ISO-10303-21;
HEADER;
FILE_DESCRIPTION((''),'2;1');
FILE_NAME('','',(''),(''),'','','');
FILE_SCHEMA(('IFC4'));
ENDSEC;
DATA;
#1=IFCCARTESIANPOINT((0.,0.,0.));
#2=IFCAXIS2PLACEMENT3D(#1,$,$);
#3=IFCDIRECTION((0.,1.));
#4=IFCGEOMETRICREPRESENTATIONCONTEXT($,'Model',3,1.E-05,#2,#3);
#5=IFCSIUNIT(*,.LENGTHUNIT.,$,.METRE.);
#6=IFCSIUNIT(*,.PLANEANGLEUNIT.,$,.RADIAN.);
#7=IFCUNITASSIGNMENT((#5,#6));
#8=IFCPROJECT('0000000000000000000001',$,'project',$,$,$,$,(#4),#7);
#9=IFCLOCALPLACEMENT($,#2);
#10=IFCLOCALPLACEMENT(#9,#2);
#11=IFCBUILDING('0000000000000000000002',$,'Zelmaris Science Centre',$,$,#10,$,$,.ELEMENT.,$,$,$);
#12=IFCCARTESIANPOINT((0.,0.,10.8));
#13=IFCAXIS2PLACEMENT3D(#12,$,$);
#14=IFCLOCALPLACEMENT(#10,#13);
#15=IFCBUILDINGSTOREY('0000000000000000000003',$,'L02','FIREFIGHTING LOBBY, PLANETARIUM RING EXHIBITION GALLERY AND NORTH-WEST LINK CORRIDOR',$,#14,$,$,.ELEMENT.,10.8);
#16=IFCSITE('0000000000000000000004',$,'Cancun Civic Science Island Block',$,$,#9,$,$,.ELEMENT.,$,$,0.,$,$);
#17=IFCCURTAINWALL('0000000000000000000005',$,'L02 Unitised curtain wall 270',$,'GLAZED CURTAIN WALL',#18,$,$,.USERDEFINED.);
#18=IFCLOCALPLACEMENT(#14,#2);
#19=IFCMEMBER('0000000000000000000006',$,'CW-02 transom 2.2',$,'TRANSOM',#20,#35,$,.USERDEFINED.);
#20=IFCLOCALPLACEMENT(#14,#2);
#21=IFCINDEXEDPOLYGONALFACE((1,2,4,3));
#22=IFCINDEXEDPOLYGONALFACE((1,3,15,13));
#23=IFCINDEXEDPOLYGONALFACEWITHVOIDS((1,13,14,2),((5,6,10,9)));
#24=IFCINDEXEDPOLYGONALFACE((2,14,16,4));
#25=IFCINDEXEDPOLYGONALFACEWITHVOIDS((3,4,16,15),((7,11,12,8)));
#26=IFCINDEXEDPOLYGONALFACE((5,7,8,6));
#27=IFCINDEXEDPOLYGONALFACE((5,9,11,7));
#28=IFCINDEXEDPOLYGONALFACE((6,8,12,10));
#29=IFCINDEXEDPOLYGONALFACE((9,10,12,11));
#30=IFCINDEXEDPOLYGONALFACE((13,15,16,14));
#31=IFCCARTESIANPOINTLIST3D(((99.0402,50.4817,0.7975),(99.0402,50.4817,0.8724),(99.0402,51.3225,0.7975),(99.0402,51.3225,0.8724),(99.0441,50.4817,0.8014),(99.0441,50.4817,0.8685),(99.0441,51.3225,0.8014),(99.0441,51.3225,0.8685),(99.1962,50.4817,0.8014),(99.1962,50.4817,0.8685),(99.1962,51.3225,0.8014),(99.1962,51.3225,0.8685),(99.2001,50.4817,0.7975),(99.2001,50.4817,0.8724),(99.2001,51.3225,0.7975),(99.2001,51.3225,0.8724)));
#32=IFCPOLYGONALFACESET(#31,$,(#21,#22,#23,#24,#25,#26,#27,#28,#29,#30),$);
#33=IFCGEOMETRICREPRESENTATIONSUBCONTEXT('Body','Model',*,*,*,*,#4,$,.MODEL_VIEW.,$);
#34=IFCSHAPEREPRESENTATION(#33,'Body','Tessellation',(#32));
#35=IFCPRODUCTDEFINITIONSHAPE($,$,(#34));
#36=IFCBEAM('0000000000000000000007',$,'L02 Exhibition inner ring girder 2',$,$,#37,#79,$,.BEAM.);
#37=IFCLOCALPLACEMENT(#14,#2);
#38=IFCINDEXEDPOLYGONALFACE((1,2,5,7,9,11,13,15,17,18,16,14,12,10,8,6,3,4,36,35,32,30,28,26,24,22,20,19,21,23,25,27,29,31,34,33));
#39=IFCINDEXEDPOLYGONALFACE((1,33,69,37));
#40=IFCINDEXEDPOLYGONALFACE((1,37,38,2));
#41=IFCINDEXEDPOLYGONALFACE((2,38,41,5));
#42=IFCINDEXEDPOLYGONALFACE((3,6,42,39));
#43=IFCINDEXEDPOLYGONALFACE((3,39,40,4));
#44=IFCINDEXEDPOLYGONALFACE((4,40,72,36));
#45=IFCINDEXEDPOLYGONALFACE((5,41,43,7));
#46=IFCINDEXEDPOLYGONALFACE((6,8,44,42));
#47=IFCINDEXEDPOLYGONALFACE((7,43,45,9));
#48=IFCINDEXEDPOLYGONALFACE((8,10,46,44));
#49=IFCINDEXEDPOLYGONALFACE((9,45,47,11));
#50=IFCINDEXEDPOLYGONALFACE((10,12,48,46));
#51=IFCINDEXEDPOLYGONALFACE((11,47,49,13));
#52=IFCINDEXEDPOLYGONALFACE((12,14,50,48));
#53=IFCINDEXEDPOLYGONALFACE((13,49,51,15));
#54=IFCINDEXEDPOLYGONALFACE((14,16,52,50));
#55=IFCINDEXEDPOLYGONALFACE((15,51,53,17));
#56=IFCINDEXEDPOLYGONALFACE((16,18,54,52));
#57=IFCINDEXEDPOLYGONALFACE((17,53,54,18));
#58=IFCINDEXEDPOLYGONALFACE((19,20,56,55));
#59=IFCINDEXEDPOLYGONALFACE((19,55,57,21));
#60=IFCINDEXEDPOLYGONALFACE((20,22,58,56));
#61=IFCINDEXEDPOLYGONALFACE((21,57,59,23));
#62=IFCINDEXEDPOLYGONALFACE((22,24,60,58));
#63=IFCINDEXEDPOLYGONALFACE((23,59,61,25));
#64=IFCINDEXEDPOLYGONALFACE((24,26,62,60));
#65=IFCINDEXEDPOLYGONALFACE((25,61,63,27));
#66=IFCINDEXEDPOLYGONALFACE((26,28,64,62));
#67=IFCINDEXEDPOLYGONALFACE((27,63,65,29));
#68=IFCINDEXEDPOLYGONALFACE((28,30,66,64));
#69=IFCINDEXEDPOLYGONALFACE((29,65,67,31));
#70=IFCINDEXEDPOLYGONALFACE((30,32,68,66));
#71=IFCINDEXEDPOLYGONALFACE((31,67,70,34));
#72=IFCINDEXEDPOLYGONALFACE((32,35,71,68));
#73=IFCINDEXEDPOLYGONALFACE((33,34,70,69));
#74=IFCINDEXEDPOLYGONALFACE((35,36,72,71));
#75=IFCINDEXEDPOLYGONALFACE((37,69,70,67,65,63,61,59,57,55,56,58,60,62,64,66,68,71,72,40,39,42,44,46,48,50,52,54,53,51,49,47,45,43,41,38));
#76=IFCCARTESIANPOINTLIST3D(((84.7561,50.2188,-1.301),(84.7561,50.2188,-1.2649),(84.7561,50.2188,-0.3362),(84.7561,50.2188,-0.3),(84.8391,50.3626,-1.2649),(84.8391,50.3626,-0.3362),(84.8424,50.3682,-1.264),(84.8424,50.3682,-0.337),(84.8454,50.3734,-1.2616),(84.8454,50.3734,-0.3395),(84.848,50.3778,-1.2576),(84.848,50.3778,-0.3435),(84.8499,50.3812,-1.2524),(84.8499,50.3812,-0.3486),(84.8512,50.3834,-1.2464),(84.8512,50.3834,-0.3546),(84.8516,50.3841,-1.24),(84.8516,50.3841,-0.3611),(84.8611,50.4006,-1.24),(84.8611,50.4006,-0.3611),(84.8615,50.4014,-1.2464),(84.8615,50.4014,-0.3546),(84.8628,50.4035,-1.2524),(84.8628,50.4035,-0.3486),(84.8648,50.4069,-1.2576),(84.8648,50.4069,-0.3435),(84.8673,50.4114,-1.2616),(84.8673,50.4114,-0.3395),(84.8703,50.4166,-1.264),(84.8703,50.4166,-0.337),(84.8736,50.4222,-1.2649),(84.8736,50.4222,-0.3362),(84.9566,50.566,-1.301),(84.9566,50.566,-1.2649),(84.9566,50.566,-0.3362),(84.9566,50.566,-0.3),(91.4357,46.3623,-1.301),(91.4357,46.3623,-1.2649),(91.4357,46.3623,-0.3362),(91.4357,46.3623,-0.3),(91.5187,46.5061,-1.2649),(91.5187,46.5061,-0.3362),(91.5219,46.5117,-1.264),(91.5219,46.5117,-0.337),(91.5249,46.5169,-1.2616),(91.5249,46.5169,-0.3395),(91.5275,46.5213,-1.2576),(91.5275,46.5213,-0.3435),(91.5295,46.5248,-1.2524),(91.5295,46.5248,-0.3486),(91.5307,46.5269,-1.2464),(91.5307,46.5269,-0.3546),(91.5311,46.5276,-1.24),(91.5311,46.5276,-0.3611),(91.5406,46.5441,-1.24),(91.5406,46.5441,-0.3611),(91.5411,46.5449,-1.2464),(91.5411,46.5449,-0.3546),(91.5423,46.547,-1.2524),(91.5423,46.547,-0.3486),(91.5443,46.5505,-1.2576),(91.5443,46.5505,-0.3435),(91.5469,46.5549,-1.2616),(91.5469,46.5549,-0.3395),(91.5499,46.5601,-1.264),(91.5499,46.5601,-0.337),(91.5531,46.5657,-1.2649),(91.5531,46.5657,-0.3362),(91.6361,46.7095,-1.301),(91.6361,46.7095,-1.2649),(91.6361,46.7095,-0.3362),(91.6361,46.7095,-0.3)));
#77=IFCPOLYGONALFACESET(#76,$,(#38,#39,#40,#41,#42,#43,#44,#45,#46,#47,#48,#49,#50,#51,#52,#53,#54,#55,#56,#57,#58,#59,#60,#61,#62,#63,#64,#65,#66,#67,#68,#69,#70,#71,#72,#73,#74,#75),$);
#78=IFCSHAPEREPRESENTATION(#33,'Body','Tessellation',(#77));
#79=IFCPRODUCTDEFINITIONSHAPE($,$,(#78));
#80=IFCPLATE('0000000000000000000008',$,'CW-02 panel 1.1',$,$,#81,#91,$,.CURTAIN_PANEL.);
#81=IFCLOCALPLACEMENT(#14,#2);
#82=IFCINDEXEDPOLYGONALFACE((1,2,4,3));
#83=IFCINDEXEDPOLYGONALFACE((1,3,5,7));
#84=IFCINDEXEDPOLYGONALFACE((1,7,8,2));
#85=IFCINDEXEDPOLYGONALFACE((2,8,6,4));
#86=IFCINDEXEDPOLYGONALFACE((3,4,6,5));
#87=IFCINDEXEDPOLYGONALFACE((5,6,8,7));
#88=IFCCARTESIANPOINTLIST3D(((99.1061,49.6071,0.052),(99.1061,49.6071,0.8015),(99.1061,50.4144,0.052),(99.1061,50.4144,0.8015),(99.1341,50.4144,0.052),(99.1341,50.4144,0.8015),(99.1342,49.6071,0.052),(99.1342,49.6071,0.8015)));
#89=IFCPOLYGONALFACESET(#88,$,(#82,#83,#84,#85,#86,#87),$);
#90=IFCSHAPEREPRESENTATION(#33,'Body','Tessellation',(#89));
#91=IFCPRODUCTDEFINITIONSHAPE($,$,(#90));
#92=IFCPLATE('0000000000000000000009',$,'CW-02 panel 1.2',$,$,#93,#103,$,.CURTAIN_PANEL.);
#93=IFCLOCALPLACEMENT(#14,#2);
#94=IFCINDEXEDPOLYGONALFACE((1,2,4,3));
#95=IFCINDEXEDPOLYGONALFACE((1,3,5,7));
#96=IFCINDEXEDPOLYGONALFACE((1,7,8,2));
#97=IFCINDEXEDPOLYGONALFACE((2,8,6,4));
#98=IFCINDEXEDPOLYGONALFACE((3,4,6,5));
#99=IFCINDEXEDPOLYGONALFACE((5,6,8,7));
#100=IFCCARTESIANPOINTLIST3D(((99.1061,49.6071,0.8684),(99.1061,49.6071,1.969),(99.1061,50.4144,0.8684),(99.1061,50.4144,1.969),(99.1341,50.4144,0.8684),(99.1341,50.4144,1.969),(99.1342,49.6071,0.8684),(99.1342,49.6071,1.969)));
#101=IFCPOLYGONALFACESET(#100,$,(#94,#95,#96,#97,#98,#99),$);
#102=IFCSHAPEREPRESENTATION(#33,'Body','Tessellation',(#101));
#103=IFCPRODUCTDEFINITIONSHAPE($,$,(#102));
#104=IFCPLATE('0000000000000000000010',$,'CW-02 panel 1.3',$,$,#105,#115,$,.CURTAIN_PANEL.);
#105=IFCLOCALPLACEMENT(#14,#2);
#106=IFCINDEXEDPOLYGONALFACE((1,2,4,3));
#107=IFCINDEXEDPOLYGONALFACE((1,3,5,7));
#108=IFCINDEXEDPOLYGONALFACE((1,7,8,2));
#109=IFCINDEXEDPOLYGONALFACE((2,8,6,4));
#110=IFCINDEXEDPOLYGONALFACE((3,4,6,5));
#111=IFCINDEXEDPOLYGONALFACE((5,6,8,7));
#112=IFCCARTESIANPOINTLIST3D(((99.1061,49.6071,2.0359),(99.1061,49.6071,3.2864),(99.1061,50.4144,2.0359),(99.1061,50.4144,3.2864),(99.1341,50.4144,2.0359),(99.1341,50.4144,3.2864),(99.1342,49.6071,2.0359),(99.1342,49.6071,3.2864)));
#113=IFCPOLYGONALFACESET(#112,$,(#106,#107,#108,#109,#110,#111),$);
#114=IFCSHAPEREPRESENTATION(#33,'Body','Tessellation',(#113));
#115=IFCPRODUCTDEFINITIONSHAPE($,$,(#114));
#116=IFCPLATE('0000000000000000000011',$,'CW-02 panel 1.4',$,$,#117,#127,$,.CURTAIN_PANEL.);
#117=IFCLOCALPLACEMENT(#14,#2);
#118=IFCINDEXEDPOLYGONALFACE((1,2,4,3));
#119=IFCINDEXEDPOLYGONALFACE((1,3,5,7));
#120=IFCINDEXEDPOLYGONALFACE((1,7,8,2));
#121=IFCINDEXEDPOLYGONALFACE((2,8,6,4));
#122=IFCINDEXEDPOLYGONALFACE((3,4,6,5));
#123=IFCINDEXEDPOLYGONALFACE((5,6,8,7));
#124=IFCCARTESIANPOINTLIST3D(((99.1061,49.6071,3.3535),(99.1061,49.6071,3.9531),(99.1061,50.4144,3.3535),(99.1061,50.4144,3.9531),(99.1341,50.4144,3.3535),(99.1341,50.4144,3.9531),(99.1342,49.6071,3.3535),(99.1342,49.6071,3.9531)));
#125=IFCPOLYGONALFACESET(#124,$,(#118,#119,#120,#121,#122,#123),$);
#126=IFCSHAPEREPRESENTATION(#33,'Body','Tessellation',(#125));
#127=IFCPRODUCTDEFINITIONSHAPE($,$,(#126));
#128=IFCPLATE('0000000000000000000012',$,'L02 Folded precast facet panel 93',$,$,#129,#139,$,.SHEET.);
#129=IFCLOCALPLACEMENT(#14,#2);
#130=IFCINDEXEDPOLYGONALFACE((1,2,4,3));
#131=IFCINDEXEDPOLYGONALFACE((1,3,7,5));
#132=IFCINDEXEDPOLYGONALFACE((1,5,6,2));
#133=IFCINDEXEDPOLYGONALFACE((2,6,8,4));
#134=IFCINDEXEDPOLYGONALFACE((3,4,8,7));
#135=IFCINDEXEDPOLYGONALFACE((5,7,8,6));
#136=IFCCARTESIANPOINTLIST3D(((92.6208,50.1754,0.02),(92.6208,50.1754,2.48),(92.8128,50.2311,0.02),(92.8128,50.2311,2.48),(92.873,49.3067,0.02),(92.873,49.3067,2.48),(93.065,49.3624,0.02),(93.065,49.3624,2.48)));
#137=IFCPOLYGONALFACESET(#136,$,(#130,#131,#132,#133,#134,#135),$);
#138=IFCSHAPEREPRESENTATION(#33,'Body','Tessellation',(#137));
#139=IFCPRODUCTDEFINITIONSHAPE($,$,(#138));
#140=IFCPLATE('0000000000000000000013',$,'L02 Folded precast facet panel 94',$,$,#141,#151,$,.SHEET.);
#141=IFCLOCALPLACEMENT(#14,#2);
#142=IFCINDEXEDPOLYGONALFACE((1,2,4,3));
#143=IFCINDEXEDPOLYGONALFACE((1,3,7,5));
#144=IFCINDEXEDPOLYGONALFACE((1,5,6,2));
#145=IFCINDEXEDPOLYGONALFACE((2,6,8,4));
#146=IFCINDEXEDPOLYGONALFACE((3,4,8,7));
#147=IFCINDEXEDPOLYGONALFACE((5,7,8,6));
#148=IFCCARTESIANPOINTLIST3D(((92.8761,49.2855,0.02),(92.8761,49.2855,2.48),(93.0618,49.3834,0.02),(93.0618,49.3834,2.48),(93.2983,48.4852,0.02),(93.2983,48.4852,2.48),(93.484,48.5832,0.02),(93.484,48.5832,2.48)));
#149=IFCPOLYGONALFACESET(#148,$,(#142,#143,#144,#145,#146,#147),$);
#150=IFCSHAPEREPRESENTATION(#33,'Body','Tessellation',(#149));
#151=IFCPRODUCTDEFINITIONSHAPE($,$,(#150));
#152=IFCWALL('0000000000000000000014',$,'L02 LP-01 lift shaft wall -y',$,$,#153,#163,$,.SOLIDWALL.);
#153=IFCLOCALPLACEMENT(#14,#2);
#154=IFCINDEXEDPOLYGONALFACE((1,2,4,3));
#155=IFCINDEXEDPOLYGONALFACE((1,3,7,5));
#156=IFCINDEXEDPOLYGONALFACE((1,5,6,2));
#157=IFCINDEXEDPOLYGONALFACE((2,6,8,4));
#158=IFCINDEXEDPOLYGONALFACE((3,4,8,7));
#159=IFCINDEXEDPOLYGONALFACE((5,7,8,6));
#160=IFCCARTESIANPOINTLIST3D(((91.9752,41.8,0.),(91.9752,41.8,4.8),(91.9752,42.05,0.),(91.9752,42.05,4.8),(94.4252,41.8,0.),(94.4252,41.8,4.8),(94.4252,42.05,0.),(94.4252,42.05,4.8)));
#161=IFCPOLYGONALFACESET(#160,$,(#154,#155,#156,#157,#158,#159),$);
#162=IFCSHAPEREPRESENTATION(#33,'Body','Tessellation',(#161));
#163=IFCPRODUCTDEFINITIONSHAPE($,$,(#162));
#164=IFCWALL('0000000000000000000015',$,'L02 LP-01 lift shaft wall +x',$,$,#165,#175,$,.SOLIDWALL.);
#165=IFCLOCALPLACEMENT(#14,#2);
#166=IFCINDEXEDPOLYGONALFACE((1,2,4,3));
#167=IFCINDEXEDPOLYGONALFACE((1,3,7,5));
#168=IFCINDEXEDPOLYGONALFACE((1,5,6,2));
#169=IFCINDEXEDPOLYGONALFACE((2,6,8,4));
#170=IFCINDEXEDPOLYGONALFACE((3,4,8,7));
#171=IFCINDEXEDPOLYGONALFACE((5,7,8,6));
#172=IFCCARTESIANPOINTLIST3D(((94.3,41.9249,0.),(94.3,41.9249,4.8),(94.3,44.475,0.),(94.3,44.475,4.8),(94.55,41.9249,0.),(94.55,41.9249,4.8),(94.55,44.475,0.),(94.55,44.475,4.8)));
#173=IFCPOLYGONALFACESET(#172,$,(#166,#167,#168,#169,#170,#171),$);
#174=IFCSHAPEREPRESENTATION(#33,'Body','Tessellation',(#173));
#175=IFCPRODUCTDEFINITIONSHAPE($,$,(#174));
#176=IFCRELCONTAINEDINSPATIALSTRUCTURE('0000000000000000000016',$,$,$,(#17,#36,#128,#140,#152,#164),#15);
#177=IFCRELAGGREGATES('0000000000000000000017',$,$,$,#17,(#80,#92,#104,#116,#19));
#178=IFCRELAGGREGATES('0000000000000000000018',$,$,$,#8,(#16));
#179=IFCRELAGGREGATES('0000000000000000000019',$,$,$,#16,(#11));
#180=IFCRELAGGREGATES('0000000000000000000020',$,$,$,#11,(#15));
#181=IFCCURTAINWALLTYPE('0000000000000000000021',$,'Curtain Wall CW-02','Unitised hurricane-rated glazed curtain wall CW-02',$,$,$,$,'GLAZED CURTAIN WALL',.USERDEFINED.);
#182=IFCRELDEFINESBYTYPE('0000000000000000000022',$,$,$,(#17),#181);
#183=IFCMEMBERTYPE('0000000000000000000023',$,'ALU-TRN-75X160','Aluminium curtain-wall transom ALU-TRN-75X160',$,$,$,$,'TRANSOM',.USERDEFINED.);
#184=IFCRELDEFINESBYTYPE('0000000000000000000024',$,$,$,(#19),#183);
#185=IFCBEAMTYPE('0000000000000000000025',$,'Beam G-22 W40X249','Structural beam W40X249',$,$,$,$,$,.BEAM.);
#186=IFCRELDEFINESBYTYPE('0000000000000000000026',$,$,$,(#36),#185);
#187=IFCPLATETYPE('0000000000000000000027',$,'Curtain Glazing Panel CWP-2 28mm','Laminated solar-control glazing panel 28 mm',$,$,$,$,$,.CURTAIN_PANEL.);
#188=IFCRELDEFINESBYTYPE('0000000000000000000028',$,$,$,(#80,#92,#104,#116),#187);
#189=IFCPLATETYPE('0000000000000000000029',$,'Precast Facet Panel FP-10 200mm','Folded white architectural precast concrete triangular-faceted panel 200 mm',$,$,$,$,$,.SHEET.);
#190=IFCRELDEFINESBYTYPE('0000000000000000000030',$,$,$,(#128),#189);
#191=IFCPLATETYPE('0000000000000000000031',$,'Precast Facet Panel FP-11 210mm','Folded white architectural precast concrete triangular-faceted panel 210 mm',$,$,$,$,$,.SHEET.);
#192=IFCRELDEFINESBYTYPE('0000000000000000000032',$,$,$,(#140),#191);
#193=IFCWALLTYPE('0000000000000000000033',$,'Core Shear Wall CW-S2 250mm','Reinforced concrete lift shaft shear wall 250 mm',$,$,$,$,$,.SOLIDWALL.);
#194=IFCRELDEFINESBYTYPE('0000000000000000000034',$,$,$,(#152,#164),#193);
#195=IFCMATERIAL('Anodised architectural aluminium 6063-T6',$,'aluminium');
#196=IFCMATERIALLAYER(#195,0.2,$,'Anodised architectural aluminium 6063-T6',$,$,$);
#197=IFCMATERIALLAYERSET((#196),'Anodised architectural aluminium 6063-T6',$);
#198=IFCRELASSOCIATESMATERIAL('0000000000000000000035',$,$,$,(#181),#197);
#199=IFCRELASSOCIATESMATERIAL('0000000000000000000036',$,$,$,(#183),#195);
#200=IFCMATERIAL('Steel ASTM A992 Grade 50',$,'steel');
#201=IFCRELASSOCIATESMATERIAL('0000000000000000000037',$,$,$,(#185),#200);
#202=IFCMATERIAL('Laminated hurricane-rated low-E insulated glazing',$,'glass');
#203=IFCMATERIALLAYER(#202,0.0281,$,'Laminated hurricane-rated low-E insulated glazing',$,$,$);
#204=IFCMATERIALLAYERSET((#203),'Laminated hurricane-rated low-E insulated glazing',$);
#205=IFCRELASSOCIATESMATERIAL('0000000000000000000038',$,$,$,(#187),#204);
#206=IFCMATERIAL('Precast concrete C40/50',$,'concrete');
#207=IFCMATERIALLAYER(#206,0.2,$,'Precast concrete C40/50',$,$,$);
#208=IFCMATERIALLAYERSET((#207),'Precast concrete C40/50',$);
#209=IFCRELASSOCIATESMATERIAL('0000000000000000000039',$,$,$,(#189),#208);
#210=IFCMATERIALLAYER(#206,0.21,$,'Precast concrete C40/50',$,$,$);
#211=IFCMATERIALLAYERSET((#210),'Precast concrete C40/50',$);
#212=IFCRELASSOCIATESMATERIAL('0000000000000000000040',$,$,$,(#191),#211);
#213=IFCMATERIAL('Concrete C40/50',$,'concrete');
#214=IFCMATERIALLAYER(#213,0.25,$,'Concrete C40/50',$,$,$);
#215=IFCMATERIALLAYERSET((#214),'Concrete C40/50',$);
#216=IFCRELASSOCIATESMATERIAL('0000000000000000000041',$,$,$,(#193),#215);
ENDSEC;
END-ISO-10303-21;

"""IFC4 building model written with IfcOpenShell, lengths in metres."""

from ifc_helpers import new_model, si_unit, direction, frame, frame_2d, origin, origin_2d, place, context, subcontext, project, spatial, rectangle, hollow_rectangle, i_section, extrude, material, layer, layer_set, material_profile, profile_set, type_object, element, aggregate, save


model = new_model("IFC4")

# Units and contexts
model_context = context("Model", 3, precision=1e-05, world=origin(), true_north=direction((0.0, 1.0)))
body_context = subcontext(model_context, "Body", "Model", "MODEL_VIEW")
ifc_project = project(units=[si_unit("LENGTHUNIT", "METRE"), si_unit("PLANEANGLEUNIT", "RADIAN")], contexts=[model_context])

# Site, building, storey
site_placement = place(None, origin())
site = spatial("IfcSite", under=ifc_project, at=site_placement, Name="Cancun Civic Science Island Block", CompositionType="ELEMENT", RefElevation=0.0)
building_placement = place(site_placement, origin())
building = spatial("IfcBuilding", under=site, at=building_placement, Name="Zelmaris Science Centre", CompositionType="ELEMENT")
storey_placement = place(building_placement, frame((0.0, 0.0, 10.8)))
storey = spatial("IfcBuildingStorey", under=building, at=storey_placement, Name="L02", Description="FIREFIGHTING LOBBY, PLANETARIUM RING EXHIBITION GALLERY AND NORTH-WEST LINK CORRIDOR", CompositionType="ELEMENT", Elevation=10.8)

# Shared definitions
ifc_material_1 = material(Name="Steel ASTM A992 Grade 50", Category="steel")

# Curtain wall, member
ifc_material_2 = material(Name="Anodised architectural aluminium 6063-T6", Category="aluminium")
ifc_layer_1 = layer(ifc_material_2, 0.2, Name="Anodised architectural aluminium 6063-T6")
ifc_layer_set_1 = layer_set([ifc_layer_1], Name="Anodised architectural aluminium 6063-T6")
curtain_wall_type = type_object("IfcCurtainWallType", Name="Curtain Wall CW-02", Description="Unitised hurricane-rated glazed curtain wall CW-02", ElementType="GLAZED CURTAIN WALL", PredefinedType="USERDEFINED", material=ifc_layer_set_1)
curtain_wall_placement = place(storey_placement, origin())
curtain_wall = element("IfcCurtainWall", 1, at=curtain_wall_placement, inside=storey, type_object=curtain_wall_type, Name="L02 Unitised curtain wall 270", ObjectType="GLAZED CURTAIN WALL", PredefinedType="USERDEFINED")
ifc_material_profile_1 = material_profile(ifc_material_2, hollow_rectangle(XDim=0.075, YDim=0.1599, WallThickness=0.0039, at=origin_2d()), Name="ALU-TRN-75X160")
ifc_profile_set_1 = profile_set([ifc_material_profile_1], Name="Anodised architectural aluminium 6063-T6")
member_type_1 = type_object("IfcMemberType", Name="ALU-TRN-75X160", Description="Aluminium curtain-wall transom ALU-TRN-75X160", ElementType="TRANSOM", PredefinedType="USERDEFINED", material=ifc_profile_set_1)
member_1_placement = place(storey_placement, frame((99.1201, 50.4817, 0.835), z_axis=(0.0, 1.0, 0.0), x_axis=(0.0, 0.0, 1.0)))
member_1 = element("IfcMember", 2, at=member_1_placement, type_object=member_type_1, Name="CW-02 transom 2.2", ObjectType="TRANSOM", PredefinedType="USERDEFINED", context=body_context, shape_type="SweptSolid", body=[
    extrude(hollow_rectangle(XDim=0.075, YDim=0.1599, WallThickness=0.0039, at=origin_2d()), origin(), (0.0, 0.0, 1.0), 0.8408),
])

# Beam
ifc_material_profile_2 = material_profile(ifc_material_1, i_section(OverallWidth=0.4009, OverallDepth=1.001, WebThickness=0.019, FlangeThickness=0.0361, FilletRadius=0.0249, at=origin_2d()), Name="W40X249")
ifc_profile_set_2 = profile_set([ifc_material_profile_2], Name="Steel ASTM A992 Grade 50")
beam_type = type_object("IfcBeamType", Name="Beam G-22 W40X249", Description="Structural beam W40X249", PredefinedType="BEAM", material=ifc_profile_set_2)
beam_placement = place(storey_placement, frame((91.5359, 46.5359, -0.8005), z_axis=(-0.866022, 0.500007, 0.0), x_axis=(-0.500007, -0.866022, 0.0)))
element("IfcBeam", 3, at=beam_placement, inside=storey, type_object=beam_type, Name="L02 Exhibition inner ring girder 2", PredefinedType="BEAM", context=body_context, shape_type="SweptSolid", body=[
    extrude(i_section(OverallWidth=0.4009, OverallDepth=1.001, WebThickness=0.019, FlangeThickness=0.0361, FilletRadius=0.0249, at=origin_2d()), origin(), (0.0, 0.0, 1.0), 7.7129),
])

# Plates
ifc_material_3 = material(Name="Laminated hurricane-rated low-E insulated glazing", Category="glass")
ifc_layer_2 = layer(ifc_material_3, 0.0281, Name="Laminated hurricane-rated low-E insulated glazing")
ifc_layer_set_2 = layer_set([ifc_layer_2], Name="Laminated hurricane-rated low-E insulated glazing")
plate_type_1 = type_object("IfcPlateType", Name="Curtain Glazing Panel CWP-2 28mm", Description="Laminated solar-control glazing panel 28 mm", PredefinedType="CURTAIN_PANEL", material=ifc_layer_set_2)
plate_1_placement = place(storey_placement, frame((99.1201, 50.0107, 0.052), z_axis=(0.0, 0.0, 1.0), x_axis=(-0.000022, 1.0, 0.0)))
plate_1 = element("IfcPlate", 4, at=plate_1_placement, type_object=plate_type_1, Name="CW-02 panel 1.1", PredefinedType="CURTAIN_PANEL", context=body_context, shape_type="SweptSolid", body=[
    extrude(rectangle(XDim=0.8074, YDim=0.0281, at=origin_2d()), origin(), (0.0, 0.0, 1.0), 0.7495),
])
plate_2_placement = place(storey_placement, frame((99.1201, 50.0107, 0.8684), z_axis=(0.0, 0.0, 1.0), x_axis=(-0.000022, 1.0, 0.0)))
plate_2 = element("IfcPlate", 5, at=plate_2_placement, type_object=plate_type_1, Name="CW-02 panel 1.2", PredefinedType="CURTAIN_PANEL", context=body_context, shape_type="SweptSolid", body=[
    extrude(rectangle(XDim=0.8074, YDim=0.0281, at=origin_2d()), origin(), (0.0, 0.0, 1.0), 1.1006),
])
plate_3_placement = place(storey_placement, frame((99.1201, 50.0107, 2.0359), z_axis=(0.0, 0.0, 1.0), x_axis=(-0.000022, 1.0, 0.0)))
plate_3 = element("IfcPlate", 6, at=plate_3_placement, type_object=plate_type_1, Name="CW-02 panel 1.3", PredefinedType="CURTAIN_PANEL", context=body_context, shape_type="SweptSolid", body=[
    extrude(rectangle(XDim=0.8074, YDim=0.0281, at=origin_2d()), origin(), (0.0, 0.0, 1.0), 1.2505),
])
plate_4_placement = place(storey_placement, frame((99.1201, 50.0107, 3.3535), z_axis=(0.0, 0.0, 1.0), x_axis=(-0.000022, 1.0, 0.0)))
plate_4 = element("IfcPlate", 7, at=plate_4_placement, type_object=plate_type_1, Name="CW-02 panel 1.4", PredefinedType="CURTAIN_PANEL", context=body_context, shape_type="SweptSolid", body=[
    extrude(rectangle(XDim=0.8074, YDim=0.0281, at=origin_2d()), origin(), (0.0, 0.0, 1.0), 0.5996),
])
aggregate(curtain_wall, [plate_1, plate_2, plate_3, plate_4, member_1])

# Plates
ifc_material_4 = material(Name="Precast concrete C40/50", Category="concrete")
ifc_layer_3 = layer(ifc_material_4, 0.2, Name="Precast concrete C40/50")
ifc_layer_set_3 = layer_set([ifc_layer_3], Name="Precast concrete C40/50")
plate_type_2 = type_object("IfcPlateType", Name="Precast Facet Panel FP-10 200mm", Description="Folded white architectural precast concrete triangular-faceted panel 200 mm", PredefinedType="SHEET", material=ifc_layer_set_3)
plate_5_placement = place(storey_placement, frame((92.7168, 50.2031, 0.02), z_axis=(0.0, 0.0, 1.0), x_axis=(0.278818, -0.960344, 0.0)))
element("IfcPlate", 8, at=plate_5_placement, inside=storey, type_object=plate_type_2, Name="L02 Folded precast facet panel 93", PredefinedType="SHEET", context=body_context, shape_type="SweptSolid", body=[
    extrude(rectangle(XDim=0.9045, YDim=0.2, at=frame_2d((0.4521, 0.0))), origin(), (0.0, 0.0, 1.0), 2.46),
])
ifc_layer_4 = layer(ifc_material_4, 0.21, Name="Precast concrete C40/50")
ifc_layer_set_4 = layer_set([ifc_layer_4], Name="Precast concrete C40/50")
plate_type_3 = type_object("IfcPlateType", Name="Precast Facet Panel FP-11 210mm", Description="Folded white architectural precast concrete triangular-faceted panel 210 mm", PredefinedType="SHEET", material=ifc_layer_set_4)
plate_6_placement = place(storey_placement, frame((92.969, 49.3345, 0.02), z_axis=(0.0, 0.0, 1.0), x_axis=(0.466536, -0.884502, 0.0)))
element("IfcPlate", 9, at=plate_6_placement, inside=storey, type_object=plate_type_3, Name="L02 Folded precast facet panel 94", PredefinedType="SHEET", context=body_context, shape_type="SweptSolid", body=[
    extrude(rectangle(XDim=0.9048, YDim=0.21, at=frame_2d((0.4524, 0.0))), origin(), (0.0, 0.0, 1.0), 2.46),
])

# Walls
ifc_material_5 = material(Name="Concrete C40/50", Category="concrete")
ifc_layer_5 = layer(ifc_material_5, 0.25, Name="Concrete C40/50")
ifc_layer_set_5 = layer_set([ifc_layer_5], Name="Concrete C40/50")
wall_type = type_object("IfcWallType", Name="Core Shear Wall CW-S2 250mm", Description="Reinforced concrete lift shaft shear wall 250 mm", PredefinedType="SOLIDWALL", material=ifc_layer_set_5)
wall_1_placement = place(storey_placement, frame((91.9751, 41.925, 0.0), z_axis=(0.0, 0.0, 1.0), x_axis=(1.0, 0.0, 0.0)))
element("IfcWall", 10, at=wall_1_placement, inside=storey, type_object=wall_type, Name="L02 LP-01 lift shaft wall -y", PredefinedType="SOLIDWALL", context=body_context, shape_type="SweptSolid", body=[
    extrude(rectangle(XDim=2.45, YDim=0.25, at=frame_2d((1.2251, 0.0))), origin(), (0.0, 0.0, 1.0), 4.8),
])
wall_2_placement = place(storey_placement, frame((94.425, 41.925, 0.0), z_axis=(0.0, 0.0, 1.0), x_axis=(0.0, 1.0, 0.0)))
element("IfcWall", 11, at=wall_2_placement, inside=storey, type_object=wall_type, Name="L02 LP-01 lift shaft wall +x", PredefinedType="SOLIDWALL", context=body_context, shape_type="SweptSolid", body=[
    extrude(rectangle(XDim=2.55, YDim=0.25, at=frame_2d((1.2749, 0.0))), origin(), (0.0, 0.0, 1.0), 4.8),
])

save(model, "model.ifc")
